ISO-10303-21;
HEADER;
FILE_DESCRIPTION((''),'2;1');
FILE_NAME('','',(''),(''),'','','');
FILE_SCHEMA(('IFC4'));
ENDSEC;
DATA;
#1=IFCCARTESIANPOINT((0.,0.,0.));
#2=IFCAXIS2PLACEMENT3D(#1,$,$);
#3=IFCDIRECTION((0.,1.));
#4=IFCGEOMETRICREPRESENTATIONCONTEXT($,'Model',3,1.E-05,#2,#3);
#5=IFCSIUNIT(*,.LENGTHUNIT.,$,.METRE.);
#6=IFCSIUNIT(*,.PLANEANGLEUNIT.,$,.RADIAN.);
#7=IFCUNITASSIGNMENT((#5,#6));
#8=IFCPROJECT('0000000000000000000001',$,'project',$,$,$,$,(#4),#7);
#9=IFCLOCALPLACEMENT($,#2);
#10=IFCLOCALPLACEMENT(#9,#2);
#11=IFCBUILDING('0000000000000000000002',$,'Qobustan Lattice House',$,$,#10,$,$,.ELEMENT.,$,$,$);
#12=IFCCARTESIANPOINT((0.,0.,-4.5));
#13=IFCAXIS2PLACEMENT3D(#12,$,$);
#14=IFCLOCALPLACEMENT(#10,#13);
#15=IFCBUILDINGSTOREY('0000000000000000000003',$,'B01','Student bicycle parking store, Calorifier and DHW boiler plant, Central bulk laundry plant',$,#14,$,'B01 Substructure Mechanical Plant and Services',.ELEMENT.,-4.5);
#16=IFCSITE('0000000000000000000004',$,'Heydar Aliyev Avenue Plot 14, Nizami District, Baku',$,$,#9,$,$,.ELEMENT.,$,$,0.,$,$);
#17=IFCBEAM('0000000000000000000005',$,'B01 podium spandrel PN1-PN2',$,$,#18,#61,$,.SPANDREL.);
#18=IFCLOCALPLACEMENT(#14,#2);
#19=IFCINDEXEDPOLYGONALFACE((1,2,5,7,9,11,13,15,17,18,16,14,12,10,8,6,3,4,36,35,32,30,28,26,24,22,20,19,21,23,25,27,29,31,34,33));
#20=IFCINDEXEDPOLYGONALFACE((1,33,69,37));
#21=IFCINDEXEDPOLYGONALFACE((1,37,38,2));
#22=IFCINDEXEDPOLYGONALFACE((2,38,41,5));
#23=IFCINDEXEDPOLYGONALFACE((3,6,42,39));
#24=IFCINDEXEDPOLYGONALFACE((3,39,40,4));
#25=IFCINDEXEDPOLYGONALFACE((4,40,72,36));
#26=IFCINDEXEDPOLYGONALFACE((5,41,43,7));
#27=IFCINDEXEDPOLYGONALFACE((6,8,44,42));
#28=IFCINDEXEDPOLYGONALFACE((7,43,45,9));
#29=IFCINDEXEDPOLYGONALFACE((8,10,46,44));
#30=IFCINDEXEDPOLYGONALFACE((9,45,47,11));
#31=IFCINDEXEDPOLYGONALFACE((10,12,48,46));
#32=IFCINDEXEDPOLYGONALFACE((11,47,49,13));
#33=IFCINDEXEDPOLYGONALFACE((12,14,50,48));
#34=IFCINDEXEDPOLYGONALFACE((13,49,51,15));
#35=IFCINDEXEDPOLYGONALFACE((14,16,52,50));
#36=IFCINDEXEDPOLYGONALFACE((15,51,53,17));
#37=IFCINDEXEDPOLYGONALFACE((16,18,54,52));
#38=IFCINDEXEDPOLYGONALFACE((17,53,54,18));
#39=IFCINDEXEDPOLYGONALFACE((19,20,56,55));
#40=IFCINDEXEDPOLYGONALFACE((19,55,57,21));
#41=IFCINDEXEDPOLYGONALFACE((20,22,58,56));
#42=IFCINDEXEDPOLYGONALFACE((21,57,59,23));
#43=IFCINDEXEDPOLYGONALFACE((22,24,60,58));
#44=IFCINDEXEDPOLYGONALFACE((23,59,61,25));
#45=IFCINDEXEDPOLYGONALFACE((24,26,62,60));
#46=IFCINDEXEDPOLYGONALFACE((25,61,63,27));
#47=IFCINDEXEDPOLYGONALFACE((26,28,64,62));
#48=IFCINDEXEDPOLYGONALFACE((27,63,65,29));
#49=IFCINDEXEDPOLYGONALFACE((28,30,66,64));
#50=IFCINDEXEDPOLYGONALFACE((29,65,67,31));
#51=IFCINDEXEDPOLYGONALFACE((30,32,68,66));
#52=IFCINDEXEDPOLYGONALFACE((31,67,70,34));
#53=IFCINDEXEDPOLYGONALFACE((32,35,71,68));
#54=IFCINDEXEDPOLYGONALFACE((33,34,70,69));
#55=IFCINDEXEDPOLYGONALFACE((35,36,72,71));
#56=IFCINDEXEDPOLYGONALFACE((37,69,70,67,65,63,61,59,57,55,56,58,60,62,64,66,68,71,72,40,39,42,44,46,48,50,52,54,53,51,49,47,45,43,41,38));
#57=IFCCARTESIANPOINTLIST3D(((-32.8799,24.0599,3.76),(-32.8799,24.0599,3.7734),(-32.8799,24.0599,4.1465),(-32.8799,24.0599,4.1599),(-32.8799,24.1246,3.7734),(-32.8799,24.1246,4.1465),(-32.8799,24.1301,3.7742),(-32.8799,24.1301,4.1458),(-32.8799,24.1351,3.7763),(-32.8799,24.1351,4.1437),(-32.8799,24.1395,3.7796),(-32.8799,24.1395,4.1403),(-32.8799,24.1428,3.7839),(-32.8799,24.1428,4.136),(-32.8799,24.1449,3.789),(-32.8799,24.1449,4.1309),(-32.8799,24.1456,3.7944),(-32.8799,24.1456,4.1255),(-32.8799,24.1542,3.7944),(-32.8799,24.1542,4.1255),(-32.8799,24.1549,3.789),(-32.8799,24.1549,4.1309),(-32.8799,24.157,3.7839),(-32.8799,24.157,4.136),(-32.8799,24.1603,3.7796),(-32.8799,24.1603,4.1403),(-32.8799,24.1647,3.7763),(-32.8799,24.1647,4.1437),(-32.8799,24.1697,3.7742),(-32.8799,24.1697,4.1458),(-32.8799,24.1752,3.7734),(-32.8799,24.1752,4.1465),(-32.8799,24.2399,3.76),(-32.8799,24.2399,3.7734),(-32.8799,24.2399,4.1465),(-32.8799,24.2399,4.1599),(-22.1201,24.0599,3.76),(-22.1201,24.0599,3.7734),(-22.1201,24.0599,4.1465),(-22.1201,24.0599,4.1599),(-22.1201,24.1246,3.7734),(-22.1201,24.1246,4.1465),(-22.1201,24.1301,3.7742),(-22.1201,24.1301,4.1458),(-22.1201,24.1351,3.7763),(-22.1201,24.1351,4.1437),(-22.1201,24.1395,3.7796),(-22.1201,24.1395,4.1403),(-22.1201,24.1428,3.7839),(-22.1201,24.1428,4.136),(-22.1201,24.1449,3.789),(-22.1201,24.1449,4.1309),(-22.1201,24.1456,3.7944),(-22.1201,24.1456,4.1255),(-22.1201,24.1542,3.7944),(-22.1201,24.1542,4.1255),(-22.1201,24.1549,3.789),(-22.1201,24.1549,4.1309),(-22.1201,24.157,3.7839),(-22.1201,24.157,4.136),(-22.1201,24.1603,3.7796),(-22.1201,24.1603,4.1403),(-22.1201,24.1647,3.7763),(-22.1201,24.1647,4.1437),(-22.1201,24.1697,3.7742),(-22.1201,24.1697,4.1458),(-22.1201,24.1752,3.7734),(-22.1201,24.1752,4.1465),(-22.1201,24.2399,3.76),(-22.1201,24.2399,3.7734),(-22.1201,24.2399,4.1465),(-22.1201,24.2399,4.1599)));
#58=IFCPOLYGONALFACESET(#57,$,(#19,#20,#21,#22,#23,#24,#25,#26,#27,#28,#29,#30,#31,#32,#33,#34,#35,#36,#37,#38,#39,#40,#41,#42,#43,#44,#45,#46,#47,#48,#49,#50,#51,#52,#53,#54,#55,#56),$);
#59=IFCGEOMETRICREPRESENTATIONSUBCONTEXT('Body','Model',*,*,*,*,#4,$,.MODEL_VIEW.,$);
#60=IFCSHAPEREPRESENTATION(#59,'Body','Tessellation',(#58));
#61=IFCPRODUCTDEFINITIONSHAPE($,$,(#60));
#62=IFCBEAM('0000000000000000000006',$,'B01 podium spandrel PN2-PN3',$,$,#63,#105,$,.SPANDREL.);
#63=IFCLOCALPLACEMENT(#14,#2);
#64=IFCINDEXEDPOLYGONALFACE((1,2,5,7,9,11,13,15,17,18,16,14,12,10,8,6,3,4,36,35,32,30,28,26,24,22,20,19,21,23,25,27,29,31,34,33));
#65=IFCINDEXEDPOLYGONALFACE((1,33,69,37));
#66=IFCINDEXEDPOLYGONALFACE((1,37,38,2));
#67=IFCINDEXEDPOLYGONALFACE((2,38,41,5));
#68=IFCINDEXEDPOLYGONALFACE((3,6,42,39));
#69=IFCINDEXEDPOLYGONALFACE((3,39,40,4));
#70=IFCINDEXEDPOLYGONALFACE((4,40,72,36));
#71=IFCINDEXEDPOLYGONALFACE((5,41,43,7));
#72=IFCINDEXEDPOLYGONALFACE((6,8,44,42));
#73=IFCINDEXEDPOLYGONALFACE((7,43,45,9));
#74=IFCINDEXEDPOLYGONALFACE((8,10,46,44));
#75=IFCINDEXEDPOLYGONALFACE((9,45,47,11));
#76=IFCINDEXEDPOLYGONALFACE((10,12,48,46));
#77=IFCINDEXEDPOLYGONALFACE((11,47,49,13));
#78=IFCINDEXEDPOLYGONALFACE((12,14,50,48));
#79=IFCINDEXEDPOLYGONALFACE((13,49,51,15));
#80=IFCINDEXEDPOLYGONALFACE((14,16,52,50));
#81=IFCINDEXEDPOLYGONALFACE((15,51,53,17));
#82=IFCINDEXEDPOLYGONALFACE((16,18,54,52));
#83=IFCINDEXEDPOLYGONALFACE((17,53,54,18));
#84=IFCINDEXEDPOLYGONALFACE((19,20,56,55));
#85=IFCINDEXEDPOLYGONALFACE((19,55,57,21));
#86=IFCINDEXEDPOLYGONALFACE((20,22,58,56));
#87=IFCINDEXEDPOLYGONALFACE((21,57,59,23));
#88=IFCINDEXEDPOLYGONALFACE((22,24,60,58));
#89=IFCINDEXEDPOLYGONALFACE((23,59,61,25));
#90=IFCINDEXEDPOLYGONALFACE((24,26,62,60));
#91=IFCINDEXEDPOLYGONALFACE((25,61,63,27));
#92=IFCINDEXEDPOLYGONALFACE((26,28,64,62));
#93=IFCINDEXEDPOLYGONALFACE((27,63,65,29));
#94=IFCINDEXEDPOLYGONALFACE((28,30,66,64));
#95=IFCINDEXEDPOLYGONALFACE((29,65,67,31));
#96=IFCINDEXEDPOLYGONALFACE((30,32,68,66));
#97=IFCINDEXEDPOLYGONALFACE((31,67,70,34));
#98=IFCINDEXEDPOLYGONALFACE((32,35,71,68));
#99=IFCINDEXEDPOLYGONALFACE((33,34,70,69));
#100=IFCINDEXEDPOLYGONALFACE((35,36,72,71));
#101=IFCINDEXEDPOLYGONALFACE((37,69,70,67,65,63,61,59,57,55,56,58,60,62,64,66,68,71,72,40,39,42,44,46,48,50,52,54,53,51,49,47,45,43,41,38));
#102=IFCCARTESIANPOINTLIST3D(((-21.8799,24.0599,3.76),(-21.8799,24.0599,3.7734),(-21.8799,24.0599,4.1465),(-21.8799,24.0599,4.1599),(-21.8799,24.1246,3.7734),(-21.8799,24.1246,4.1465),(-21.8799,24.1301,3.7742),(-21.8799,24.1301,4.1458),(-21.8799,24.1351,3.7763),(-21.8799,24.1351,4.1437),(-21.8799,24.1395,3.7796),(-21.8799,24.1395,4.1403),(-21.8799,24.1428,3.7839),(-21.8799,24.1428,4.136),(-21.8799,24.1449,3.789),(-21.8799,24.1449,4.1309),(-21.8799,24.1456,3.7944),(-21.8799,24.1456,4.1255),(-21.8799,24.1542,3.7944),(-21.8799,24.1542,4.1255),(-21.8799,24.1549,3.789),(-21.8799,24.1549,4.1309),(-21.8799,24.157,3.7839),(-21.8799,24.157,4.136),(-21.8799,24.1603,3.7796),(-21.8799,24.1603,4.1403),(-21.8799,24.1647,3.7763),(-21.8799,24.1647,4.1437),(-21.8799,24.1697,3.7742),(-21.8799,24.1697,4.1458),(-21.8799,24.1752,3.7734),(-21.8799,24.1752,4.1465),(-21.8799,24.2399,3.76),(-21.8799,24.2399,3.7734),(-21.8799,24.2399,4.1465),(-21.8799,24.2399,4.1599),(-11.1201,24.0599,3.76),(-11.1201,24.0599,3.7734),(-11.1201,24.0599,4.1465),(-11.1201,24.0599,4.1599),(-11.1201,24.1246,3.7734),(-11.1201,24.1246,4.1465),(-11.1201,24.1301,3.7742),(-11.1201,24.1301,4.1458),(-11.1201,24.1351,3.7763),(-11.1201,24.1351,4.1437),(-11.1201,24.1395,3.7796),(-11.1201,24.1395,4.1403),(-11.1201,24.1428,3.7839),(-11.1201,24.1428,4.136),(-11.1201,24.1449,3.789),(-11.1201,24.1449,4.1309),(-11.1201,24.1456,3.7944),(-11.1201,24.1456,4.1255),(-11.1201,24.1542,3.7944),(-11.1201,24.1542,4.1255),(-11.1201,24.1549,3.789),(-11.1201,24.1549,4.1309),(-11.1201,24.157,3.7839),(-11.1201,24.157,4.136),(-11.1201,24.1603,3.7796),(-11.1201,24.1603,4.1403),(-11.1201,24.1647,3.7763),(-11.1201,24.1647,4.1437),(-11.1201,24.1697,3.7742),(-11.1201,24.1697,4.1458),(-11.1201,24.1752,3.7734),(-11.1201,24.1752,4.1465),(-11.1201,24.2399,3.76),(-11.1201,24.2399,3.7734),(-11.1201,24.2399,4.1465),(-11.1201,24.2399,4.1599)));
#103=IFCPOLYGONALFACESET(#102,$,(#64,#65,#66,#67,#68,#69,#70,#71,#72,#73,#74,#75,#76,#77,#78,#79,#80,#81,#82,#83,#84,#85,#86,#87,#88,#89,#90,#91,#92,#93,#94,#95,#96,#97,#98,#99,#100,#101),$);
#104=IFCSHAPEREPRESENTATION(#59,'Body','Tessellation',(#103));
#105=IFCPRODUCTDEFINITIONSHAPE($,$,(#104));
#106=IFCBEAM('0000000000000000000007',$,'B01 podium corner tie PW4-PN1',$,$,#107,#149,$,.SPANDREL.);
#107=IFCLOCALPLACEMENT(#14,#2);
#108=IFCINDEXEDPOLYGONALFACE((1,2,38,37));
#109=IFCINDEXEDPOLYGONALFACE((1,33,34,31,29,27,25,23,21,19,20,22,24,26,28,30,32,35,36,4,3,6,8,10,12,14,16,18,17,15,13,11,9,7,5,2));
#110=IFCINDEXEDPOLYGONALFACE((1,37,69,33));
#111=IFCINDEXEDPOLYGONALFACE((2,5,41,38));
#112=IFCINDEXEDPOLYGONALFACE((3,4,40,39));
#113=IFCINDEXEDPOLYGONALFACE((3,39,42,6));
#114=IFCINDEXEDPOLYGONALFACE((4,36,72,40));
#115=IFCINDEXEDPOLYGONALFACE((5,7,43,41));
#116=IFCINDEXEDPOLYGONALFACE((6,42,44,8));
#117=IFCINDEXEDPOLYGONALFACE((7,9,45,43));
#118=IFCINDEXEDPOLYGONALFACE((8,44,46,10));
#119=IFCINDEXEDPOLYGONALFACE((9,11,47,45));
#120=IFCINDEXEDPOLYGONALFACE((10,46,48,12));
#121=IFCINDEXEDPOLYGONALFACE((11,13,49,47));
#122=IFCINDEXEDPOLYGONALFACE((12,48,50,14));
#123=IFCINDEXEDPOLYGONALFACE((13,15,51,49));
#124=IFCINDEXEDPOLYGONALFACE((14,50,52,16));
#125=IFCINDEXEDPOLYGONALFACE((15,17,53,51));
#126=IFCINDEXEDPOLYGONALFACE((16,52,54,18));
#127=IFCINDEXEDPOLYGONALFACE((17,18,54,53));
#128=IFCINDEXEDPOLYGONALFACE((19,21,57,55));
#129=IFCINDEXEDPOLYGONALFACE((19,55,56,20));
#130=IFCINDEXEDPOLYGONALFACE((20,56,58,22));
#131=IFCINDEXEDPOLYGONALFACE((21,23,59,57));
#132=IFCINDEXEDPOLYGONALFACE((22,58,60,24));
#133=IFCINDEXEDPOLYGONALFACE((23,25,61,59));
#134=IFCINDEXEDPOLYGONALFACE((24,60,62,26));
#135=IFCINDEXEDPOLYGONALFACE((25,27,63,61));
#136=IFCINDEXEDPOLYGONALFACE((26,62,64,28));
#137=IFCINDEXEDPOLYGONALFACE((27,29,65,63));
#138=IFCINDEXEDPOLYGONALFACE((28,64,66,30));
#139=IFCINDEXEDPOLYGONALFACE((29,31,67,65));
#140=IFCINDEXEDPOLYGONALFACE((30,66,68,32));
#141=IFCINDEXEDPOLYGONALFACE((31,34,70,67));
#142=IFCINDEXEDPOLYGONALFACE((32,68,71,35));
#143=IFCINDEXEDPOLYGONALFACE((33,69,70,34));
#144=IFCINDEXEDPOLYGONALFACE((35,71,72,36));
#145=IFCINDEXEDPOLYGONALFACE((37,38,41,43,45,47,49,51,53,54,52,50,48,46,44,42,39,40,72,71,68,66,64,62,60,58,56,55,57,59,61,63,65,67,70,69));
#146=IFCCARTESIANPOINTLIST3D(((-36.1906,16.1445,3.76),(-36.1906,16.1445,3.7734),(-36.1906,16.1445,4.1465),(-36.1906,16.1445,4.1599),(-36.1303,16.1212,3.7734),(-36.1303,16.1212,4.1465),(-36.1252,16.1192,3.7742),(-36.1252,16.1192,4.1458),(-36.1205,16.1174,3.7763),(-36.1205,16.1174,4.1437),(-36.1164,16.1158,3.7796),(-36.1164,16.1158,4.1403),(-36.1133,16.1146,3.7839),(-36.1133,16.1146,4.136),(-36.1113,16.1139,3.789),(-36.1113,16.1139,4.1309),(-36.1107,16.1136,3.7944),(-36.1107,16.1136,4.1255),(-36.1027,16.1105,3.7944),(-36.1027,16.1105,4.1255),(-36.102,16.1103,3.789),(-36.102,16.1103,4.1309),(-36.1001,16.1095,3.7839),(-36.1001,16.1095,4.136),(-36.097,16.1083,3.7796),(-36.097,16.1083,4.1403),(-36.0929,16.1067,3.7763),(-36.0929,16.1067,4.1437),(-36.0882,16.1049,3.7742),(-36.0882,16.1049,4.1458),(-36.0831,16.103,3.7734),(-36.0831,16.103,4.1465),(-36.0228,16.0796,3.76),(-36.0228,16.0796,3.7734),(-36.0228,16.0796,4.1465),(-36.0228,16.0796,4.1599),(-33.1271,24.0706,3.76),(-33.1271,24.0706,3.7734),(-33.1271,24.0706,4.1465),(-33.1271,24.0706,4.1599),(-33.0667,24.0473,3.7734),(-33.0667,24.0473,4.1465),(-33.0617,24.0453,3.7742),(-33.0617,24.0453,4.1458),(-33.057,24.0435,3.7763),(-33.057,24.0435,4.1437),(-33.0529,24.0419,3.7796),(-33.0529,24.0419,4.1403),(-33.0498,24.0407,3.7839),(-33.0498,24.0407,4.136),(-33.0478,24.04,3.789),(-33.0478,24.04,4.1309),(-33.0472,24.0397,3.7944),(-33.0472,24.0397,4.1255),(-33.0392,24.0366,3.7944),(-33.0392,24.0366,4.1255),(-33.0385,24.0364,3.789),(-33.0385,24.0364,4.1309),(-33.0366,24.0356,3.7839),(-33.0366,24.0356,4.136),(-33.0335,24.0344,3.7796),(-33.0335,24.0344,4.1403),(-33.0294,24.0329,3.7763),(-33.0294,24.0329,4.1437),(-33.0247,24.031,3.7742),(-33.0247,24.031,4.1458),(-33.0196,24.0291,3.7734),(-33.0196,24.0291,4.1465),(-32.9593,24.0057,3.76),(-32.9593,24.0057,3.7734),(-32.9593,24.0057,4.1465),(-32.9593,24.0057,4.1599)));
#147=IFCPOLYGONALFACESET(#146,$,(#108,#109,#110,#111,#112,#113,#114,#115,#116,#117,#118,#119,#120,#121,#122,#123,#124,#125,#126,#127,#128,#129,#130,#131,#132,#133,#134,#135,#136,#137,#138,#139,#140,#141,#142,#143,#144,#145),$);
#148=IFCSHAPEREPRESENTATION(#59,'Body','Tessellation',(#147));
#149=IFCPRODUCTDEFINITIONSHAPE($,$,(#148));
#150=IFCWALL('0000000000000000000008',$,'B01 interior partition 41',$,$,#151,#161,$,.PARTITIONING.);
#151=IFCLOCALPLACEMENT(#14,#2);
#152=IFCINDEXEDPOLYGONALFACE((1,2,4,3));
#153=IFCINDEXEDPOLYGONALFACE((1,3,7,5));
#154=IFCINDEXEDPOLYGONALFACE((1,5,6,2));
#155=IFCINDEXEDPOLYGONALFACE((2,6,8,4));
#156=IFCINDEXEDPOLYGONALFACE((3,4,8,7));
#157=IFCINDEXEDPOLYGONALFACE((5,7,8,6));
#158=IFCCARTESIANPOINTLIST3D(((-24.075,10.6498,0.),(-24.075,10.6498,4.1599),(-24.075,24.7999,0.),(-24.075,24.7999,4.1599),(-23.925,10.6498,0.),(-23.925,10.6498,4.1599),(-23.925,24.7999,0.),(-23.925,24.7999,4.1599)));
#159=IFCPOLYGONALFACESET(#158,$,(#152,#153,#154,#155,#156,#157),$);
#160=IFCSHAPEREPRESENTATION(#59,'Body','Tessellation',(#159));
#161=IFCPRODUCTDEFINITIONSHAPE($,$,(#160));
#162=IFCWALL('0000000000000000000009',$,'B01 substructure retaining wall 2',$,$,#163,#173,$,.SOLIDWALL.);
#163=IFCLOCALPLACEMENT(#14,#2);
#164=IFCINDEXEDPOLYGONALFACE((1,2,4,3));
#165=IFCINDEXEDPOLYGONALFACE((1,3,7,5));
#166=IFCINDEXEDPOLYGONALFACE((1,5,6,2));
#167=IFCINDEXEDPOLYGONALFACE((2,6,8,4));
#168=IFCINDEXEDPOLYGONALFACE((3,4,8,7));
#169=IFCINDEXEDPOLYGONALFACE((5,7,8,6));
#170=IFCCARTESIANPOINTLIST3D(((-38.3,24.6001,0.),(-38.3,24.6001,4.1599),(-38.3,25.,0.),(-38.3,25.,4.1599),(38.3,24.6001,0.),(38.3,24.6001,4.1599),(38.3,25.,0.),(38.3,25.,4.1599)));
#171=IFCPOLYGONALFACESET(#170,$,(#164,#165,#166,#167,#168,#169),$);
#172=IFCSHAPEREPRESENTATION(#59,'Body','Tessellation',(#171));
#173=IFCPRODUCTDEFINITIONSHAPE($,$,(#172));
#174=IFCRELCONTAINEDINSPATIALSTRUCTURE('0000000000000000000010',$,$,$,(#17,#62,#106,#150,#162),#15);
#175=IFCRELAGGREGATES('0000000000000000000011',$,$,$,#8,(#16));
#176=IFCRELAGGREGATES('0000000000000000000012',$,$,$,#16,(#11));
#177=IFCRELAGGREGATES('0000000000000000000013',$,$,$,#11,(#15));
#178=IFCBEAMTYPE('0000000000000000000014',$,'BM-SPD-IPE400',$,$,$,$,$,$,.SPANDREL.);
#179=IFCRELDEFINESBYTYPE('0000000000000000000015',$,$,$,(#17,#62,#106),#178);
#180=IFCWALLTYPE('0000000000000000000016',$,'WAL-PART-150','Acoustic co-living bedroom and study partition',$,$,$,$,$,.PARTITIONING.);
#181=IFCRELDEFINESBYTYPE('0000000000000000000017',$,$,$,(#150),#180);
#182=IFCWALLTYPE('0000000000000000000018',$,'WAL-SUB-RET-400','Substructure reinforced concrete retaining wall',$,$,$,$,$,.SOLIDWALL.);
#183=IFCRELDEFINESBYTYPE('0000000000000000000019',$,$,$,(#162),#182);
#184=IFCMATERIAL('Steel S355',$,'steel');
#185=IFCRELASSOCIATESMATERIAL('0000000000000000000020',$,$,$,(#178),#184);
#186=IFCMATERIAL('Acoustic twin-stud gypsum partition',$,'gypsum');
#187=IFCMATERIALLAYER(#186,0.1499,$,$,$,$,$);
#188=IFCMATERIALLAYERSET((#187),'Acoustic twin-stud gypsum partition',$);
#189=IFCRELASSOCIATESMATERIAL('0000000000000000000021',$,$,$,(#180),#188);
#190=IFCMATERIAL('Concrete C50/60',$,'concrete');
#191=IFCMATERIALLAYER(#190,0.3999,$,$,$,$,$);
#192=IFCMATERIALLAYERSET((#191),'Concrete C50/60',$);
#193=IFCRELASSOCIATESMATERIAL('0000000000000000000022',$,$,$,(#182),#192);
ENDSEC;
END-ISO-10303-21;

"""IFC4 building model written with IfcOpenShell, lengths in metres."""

from ifc_helpers import new_model, si_unit, direction, frame, frame_2d, origin, origin_2d, place, context, subcontext, project, spatial, rectangle, i_section, extrude, material, layer, layer_set, material_profile, profile_set, type_object, element, save


model = new_model("IFC4")

# Units and contexts
model_context = context("Model", 3, precision=1e-05, world=origin(), true_north=direction((0.0, 1.0)))
body_context = subcontext(model_context, "Body", "Model", "MODEL_VIEW")
ifc_project = project(units=[si_unit("LENGTHUNIT", "METRE"), si_unit("PLANEANGLEUNIT", "RADIAN")], contexts=[model_context])

# Site, building, storey
site_placement = place(None, origin())
site = spatial("IfcSite", under=ifc_project, at=site_placement, Name="Heydar Aliyev Avenue Plot 14, Nizami District, Baku", CompositionType="ELEMENT", RefElevation=0.0)
building_placement = place(site_placement, origin())
building = spatial("IfcBuilding", under=site, at=building_placement, Name="Qobustan Lattice House", CompositionType="ELEMENT")
storey_placement = place(building_placement, frame((0.0, 0.0, -4.5)))
storey = spatial("IfcBuildingStorey", under=building, at=storey_placement, Name="B01", Description="Student bicycle parking store, Calorifier and DHW boiler plant, Central bulk laundry plant", LongName="B01 Substructure Mechanical Plant and Services", CompositionType="ELEMENT", Elevation=-4.5)

# Beams
ifc_material_1 = material(Name="Steel S355", Category="steel")
ifc_material_profile_1 = material_profile(ifc_material_1, i_section(OverallWidth=0.1799, OverallDepth=0.3999, WebThickness=0.0085, FlangeThickness=0.0134, FilletRadius=0.021, at=origin_2d()), Name="IPE400")
ifc_profile_set_1 = profile_set([ifc_material_profile_1], Name="Steel S355")
beam_type_1 = type_object("IfcBeamType", Name="BM-SPD-IPE400", PredefinedType="SPANDREL", material=ifc_profile_set_1)
for number, where, z_axis, x_axis, name in (
    (1, (-32.8799, 24.1499, 3.96), (1.0, 0.0, 0.0), (0.0, 1.0, 0.0), "B01 podium spandrel PN1-PN2"),
    (2, (-21.8799, 24.1499, 3.96), (1.0, 0.0, 0.0), (0.0, 1.0, 0.0), "B01 podium spandrel PN2-PN3"),
):
    element("IfcBeam", number, at=place(storey_placement, frame(where, z_axis=z_axis, x_axis=x_axis)), inside=storey, type_object=beam_type_1, Name=name, PredefinedType="SPANDREL", context=body_context, shape_type="SweptSolid", body=[
        extrude(i_section(OverallWidth=0.1799, OverallDepth=0.3999, WebThickness=0.0085, FlangeThickness=0.0134, FilletRadius=0.021, at=origin_2d()), origin(), (0.0, 0.0, 1.0), 10.7598),
    ])
beam_1_placement = place(storey_placement, frame((-36.1067, 16.1121, 3.96), z_axis=(0.360517, 0.932753, 0.0), x_axis=(-0.932753, 0.360517, 0.0)))
element("IfcBeam", 3, at=beam_1_placement, inside=storey, type_object=beam_type_1, Name="B01 podium corner tie PW4-PN1", PredefinedType="SPANDREL", context=body_context, shape_type="SweptSolid", body=[
    extrude(i_section(OverallWidth=0.1799, OverallDepth=0.3999, WebThickness=0.0085, FlangeThickness=0.0134, FilletRadius=0.021, at=origin_2d()), origin(), (0.0, 0.0, 1.0), 8.4976),
])

# Walls
ifc_material_2 = material(Name="Acoustic twin-stud gypsum partition", Category="gypsum")
ifc_layer_1 = layer(ifc_material_2, 0.1499)
ifc_layer_set_1 = layer_set([ifc_layer_1], Name="Acoustic twin-stud gypsum partition")
wall_type_1 = type_object("IfcWallType", Name="WAL-PART-150", Description="Acoustic co-living bedroom and study partition", PredefinedType="PARTITIONING", material=ifc_layer_set_1)
wall_1_placement = place(storey_placement, frame((-24.0, 24.8, 0.0), z_axis=(0.0, 0.0, 1.0), x_axis=(0.0, -1.0, 0.0)))
element("IfcWall", 4, at=wall_1_placement, inside=storey, type_object=wall_type_1, Name="B01 interior partition 41", PredefinedType="PARTITIONING", context=body_context, shape_type="SweptSolid", body=[
    extrude(rectangle(XDim=14.1501, YDim=0.1499, at=frame_2d((7.0752, 0.0))), origin(), (0.0, 0.0, 1.0), 4.1599),
])
ifc_material_3 = material(Name="Concrete C50/60", Category="concrete")
ifc_layer_2 = layer(ifc_material_3, 0.3999)
ifc_layer_set_2 = layer_set([ifc_layer_2], Name="Concrete C50/60")
wall_type_2 = type_object("IfcWallType", Name="WAL-SUB-RET-400", Description="Substructure reinforced concrete retaining wall", PredefinedType="SOLIDWALL", material=ifc_layer_set_2)
wall_2_placement = place(storey_placement, frame((-38.3, 24.8, 0.0), z_axis=(0.0, 0.0, 1.0), x_axis=(1.0, 0.0, 0.0)))
element("IfcWall", 5, at=wall_2_placement, inside=storey, type_object=wall_type_2, Name="B01 substructure retaining wall 2", PredefinedType="SOLIDWALL", context=body_context, shape_type="SweptSolid", body=[
    extrude(rectangle(XDim=76.6001, YDim=0.3999, at=frame_2d((38.3, 0.0))), origin(), (0.0, 0.0, 1.0), 4.1599),
])

save(model, "model.ifc")
